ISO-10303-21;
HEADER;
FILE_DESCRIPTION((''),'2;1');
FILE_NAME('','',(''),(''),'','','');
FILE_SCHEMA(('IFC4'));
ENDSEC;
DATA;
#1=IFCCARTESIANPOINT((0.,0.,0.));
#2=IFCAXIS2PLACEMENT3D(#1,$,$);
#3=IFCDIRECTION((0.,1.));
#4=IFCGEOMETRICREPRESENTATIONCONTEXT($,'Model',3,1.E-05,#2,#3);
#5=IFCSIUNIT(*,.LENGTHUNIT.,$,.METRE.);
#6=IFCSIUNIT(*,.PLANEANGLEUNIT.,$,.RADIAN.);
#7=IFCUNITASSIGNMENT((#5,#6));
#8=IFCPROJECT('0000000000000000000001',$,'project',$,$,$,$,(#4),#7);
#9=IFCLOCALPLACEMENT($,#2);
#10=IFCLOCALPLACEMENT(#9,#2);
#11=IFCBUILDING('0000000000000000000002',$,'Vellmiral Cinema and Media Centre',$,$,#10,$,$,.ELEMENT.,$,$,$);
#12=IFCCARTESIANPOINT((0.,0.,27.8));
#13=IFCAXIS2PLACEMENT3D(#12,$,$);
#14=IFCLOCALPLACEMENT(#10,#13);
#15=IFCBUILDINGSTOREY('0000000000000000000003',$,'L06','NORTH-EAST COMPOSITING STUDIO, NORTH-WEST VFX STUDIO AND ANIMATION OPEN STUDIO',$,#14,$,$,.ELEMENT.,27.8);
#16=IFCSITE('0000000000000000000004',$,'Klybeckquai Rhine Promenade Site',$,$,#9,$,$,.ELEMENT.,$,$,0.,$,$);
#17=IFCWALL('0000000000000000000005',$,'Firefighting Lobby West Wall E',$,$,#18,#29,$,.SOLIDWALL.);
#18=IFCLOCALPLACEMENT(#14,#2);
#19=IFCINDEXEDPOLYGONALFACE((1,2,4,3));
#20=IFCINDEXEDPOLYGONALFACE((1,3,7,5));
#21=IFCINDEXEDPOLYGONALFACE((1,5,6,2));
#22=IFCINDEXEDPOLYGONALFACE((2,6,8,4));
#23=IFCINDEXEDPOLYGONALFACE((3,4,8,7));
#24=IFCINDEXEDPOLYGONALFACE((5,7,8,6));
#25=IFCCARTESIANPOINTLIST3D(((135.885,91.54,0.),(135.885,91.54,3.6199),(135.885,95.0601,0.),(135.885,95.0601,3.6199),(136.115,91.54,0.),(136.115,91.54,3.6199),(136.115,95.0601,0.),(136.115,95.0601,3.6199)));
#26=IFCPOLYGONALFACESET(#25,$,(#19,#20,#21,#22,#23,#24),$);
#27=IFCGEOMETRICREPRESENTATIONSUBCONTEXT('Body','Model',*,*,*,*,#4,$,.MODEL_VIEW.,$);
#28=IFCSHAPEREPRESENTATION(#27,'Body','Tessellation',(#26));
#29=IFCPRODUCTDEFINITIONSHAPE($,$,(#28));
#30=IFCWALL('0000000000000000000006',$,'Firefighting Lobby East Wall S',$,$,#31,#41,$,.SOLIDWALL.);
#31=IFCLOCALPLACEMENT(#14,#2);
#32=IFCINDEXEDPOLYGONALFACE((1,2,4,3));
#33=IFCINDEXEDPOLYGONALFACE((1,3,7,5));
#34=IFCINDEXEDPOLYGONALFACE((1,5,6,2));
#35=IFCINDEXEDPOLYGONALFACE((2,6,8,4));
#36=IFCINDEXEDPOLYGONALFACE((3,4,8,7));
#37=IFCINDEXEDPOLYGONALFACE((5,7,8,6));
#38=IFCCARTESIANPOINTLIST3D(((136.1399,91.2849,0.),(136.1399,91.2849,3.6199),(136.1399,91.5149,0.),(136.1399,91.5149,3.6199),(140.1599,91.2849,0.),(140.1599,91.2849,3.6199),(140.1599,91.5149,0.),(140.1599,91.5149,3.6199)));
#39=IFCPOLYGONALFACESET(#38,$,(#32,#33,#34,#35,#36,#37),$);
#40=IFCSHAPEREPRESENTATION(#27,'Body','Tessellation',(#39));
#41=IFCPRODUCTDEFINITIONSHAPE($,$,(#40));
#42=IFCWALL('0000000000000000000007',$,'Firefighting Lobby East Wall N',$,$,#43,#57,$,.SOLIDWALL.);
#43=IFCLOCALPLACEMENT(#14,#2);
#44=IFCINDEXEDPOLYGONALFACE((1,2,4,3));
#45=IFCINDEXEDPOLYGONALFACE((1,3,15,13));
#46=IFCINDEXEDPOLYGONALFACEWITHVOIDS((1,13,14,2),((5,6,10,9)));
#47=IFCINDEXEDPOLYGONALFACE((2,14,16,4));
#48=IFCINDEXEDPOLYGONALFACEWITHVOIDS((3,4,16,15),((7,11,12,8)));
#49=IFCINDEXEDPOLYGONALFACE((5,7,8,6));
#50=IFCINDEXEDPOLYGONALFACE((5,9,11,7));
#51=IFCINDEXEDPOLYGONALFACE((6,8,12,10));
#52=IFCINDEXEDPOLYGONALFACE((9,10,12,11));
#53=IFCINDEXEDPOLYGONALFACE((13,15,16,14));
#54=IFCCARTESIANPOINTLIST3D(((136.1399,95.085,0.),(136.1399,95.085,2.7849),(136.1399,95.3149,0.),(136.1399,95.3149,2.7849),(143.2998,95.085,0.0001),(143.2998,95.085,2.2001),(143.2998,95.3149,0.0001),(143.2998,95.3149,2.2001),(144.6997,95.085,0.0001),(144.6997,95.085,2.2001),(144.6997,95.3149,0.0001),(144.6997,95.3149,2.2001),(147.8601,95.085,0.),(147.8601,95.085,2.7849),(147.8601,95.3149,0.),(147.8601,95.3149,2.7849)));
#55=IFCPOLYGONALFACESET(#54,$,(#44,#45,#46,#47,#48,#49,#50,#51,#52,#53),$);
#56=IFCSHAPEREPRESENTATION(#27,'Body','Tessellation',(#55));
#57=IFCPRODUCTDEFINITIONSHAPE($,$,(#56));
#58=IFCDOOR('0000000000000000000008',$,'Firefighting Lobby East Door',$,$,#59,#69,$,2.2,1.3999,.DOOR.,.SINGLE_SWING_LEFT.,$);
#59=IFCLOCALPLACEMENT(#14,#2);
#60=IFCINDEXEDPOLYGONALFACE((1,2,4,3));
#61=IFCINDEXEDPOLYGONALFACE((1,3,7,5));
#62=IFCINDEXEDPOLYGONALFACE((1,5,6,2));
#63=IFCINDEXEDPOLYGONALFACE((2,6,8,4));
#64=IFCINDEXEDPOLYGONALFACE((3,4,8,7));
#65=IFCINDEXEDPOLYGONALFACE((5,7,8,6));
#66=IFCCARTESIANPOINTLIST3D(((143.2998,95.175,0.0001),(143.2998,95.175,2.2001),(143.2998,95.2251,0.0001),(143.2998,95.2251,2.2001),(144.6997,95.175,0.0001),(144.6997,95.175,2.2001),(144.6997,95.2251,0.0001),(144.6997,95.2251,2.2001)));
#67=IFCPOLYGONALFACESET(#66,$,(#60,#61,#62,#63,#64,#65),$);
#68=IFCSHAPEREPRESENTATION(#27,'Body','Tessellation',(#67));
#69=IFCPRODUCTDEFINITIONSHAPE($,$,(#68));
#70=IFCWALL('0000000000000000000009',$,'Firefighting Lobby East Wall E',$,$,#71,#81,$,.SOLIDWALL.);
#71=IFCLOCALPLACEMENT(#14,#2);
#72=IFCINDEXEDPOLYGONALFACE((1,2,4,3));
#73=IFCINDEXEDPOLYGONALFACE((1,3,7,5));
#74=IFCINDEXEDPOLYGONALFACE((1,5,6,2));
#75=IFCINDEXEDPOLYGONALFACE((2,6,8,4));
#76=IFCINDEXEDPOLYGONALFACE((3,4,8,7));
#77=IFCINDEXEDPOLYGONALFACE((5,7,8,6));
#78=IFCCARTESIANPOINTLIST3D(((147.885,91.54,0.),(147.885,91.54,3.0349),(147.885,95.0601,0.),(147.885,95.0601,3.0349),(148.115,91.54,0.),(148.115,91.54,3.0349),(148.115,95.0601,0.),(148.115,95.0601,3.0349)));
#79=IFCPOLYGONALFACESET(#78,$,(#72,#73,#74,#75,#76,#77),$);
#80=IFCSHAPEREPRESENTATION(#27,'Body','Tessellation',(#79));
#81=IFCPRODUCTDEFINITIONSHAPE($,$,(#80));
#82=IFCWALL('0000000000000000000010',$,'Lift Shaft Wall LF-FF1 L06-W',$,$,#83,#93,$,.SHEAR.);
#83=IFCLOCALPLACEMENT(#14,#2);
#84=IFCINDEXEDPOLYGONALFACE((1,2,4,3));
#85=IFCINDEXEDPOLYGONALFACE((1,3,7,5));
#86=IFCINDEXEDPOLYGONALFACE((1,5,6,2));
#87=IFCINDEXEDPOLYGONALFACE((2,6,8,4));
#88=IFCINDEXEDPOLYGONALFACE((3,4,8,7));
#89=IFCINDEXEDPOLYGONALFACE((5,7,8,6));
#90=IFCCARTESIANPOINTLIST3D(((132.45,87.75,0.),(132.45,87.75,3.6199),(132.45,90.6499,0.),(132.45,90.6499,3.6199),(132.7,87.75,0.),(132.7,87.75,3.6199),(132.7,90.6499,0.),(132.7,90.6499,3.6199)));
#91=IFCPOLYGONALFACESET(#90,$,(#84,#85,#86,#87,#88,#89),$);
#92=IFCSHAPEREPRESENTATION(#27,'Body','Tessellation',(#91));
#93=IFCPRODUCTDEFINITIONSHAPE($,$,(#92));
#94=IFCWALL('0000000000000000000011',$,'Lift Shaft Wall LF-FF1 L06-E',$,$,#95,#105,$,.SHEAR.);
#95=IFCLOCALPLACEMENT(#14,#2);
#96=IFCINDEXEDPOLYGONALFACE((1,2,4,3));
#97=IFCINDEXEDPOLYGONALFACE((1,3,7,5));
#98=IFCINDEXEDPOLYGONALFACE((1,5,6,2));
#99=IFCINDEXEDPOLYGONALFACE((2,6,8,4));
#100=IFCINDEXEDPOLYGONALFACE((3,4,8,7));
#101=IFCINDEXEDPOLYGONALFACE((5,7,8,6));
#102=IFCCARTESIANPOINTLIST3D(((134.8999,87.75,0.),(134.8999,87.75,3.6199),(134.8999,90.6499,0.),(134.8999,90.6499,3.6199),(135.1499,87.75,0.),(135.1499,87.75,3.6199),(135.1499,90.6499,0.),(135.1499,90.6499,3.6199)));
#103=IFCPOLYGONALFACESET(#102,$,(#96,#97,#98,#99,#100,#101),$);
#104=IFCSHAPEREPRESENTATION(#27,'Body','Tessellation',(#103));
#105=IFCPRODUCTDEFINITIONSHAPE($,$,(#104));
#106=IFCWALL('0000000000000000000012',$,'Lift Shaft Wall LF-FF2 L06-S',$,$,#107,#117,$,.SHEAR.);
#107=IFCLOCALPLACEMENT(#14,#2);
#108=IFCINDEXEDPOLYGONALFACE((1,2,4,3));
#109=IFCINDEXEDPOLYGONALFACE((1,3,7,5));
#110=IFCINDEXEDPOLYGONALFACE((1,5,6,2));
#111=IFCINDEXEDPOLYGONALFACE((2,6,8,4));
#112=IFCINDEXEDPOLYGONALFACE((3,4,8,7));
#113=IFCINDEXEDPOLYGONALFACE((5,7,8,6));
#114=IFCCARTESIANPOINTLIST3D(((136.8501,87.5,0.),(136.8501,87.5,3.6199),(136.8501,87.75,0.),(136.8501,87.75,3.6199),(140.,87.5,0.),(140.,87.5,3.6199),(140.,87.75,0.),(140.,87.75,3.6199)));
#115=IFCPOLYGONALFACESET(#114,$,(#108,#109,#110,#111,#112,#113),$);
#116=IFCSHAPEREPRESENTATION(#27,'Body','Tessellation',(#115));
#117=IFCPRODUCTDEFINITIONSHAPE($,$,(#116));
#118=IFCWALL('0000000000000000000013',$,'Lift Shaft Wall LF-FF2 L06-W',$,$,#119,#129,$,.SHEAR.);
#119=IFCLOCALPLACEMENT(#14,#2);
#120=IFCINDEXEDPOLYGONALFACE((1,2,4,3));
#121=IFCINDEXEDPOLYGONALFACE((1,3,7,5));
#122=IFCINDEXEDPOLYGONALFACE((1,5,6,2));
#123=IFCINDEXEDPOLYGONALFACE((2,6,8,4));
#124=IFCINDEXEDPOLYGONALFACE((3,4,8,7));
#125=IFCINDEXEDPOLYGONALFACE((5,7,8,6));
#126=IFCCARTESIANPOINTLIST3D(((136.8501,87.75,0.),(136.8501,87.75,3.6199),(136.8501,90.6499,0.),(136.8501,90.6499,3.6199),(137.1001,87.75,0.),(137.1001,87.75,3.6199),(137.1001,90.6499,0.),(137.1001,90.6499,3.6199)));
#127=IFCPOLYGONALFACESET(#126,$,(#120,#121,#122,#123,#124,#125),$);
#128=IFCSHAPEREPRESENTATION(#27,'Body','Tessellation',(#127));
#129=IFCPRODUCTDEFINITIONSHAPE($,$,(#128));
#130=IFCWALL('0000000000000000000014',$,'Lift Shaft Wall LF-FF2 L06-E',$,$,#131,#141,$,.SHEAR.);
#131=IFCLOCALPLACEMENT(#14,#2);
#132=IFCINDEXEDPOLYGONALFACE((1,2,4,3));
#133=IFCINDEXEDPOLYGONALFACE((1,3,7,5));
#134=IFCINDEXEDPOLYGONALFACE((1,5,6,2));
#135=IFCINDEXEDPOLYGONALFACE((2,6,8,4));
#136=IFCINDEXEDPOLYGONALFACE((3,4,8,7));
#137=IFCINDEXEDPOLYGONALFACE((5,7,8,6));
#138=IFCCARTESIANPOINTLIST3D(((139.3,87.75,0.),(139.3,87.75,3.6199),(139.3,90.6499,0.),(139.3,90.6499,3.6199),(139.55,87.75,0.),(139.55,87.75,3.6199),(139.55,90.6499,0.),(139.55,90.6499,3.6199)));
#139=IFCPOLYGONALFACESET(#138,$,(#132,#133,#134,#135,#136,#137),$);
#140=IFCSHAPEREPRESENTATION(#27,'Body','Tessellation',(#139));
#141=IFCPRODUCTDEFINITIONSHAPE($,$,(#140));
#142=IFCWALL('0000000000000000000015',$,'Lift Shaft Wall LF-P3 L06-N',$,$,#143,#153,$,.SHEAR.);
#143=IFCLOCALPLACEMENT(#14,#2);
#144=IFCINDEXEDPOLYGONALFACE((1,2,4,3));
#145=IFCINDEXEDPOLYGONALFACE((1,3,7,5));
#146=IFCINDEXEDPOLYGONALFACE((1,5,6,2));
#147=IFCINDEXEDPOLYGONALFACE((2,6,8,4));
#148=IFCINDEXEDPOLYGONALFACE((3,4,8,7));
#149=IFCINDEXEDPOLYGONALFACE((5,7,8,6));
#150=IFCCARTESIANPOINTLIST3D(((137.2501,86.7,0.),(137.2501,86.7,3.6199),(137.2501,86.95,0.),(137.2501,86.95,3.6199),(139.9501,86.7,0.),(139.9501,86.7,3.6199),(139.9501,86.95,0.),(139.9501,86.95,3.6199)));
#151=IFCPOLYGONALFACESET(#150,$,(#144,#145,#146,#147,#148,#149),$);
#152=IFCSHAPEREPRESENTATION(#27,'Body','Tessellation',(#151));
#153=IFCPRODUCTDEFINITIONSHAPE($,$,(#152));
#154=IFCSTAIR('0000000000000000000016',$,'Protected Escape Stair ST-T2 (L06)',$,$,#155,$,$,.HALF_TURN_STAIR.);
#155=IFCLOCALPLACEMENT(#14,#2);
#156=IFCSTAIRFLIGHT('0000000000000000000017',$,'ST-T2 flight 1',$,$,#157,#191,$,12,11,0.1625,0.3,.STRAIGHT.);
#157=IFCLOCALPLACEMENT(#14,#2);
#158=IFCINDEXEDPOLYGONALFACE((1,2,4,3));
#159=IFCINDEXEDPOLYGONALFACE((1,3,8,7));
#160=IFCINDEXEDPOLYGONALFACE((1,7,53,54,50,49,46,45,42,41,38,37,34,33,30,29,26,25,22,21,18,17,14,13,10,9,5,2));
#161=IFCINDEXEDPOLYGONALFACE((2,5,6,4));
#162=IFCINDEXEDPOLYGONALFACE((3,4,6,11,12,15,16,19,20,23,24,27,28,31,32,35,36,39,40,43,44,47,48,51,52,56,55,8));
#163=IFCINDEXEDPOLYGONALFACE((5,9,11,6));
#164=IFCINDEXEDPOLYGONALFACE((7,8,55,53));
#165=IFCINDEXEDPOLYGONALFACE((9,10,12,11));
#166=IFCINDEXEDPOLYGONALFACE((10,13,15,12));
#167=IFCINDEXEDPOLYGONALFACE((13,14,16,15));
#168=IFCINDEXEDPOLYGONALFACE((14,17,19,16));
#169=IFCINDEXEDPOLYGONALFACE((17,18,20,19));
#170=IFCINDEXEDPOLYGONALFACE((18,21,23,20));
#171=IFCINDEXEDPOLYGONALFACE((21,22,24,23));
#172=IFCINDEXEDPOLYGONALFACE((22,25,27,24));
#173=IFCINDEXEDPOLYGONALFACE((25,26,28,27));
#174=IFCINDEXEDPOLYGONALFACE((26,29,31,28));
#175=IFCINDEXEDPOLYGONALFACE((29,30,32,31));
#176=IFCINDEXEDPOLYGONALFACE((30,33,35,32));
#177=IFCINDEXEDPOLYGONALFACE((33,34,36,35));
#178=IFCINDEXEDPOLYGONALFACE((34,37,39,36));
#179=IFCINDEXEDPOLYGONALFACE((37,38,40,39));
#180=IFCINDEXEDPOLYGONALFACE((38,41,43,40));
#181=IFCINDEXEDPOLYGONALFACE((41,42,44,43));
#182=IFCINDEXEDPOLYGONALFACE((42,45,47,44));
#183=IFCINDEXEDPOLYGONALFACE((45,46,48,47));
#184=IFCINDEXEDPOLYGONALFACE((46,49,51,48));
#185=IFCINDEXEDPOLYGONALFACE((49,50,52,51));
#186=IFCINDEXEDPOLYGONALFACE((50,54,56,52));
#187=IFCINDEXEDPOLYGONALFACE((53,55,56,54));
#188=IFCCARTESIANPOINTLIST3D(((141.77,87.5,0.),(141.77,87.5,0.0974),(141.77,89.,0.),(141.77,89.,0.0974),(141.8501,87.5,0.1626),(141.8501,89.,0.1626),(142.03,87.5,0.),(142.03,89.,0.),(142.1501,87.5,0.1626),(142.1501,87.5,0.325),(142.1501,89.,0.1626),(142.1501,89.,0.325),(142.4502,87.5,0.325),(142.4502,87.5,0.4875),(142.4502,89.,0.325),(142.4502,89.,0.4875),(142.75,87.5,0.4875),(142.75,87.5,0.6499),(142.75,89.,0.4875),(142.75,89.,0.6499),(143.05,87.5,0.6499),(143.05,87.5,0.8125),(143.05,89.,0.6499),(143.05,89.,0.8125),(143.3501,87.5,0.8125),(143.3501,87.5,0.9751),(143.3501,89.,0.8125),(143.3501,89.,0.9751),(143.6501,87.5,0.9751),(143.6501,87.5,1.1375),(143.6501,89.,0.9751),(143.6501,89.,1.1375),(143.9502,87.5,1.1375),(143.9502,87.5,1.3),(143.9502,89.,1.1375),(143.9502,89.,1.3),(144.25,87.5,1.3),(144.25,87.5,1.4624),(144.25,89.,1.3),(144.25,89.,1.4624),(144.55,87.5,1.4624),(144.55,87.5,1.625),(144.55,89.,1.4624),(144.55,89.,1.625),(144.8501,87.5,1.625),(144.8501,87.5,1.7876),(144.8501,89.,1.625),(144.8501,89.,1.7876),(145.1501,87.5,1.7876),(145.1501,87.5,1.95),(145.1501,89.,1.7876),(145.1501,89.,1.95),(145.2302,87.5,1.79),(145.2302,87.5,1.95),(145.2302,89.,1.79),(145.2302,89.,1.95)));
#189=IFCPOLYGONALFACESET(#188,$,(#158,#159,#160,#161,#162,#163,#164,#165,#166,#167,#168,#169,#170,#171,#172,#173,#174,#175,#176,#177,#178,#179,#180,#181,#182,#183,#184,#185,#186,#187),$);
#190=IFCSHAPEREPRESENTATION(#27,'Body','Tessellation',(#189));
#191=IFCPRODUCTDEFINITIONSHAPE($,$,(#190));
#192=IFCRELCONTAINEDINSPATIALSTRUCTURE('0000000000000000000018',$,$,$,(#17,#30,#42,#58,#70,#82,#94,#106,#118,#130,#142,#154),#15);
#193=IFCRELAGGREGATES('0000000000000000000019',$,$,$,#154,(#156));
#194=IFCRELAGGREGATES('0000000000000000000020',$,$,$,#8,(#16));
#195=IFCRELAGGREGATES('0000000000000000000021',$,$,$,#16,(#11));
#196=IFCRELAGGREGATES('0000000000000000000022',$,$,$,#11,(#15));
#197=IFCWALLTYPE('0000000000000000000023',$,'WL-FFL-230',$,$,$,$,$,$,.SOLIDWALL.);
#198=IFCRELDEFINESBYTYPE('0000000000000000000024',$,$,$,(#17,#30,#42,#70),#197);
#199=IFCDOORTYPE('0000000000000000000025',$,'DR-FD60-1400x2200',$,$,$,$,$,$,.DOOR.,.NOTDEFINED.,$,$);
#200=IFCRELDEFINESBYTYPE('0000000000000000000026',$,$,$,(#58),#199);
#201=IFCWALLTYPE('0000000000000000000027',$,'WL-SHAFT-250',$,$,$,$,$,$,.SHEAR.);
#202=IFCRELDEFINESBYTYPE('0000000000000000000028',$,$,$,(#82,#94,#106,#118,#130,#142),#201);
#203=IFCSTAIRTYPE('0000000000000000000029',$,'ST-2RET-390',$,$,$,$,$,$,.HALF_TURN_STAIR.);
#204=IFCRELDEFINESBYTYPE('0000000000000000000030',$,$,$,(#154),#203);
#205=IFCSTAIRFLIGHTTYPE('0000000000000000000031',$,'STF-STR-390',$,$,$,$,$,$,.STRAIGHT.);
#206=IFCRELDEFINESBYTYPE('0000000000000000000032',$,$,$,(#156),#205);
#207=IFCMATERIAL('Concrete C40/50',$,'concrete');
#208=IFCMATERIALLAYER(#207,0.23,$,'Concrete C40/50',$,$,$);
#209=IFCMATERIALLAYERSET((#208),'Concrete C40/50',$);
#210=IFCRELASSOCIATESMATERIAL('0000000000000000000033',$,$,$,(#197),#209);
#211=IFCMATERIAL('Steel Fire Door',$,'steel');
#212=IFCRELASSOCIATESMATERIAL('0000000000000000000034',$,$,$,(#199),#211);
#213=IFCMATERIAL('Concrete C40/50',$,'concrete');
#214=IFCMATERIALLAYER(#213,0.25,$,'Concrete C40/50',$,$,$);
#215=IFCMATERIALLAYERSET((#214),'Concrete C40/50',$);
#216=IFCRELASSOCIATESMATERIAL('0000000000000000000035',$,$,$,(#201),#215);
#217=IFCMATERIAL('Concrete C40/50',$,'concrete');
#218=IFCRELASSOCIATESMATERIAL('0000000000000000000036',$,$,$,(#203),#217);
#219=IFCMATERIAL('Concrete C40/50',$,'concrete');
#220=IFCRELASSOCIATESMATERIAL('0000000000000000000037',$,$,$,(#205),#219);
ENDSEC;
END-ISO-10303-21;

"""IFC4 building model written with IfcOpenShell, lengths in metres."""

from ifc_helpers import new_model, si_unit, direction, frame, frame_2d, origin, place, context, subcontext, project, spatial, polyline, rectangle, outline, extrude, material, layer, layer_set, type_object, element, fill, aggregate, save


model = new_model("IFC4")

# Units and contexts
model_context = context("Model", 3, precision=1e-05, world=origin(), true_north=direction((0.0, 1.0)))
body_context = subcontext(model_context, "Body", "Model", "MODEL_VIEW")
ifc_project = project(units=[si_unit("LENGTHUNIT", "METRE"), si_unit("PLANEANGLEUNIT", "RADIAN")], contexts=[model_context])

# Site, building, storey
site_placement = place(None, origin())
site = spatial("IfcSite", under=ifc_project, at=site_placement, Name="Klybeckquai Rhine Promenade Site", CompositionType="ELEMENT", RefElevation=0.0)
building_placement = place(site_placement, origin())
building = spatial("IfcBuilding", under=site, at=building_placement, Name="Vellmiral Cinema and Media Centre", CompositionType="ELEMENT")
storey_placement = place(building_placement, frame((0.0, 0.0, 27.8)))
storey = spatial("IfcBuildingStorey", under=building, at=storey_placement, Name="L06", Description="NORTH-EAST COMPOSITING STUDIO, NORTH-WEST VFX STUDIO AND ANIMATION OPEN STUDIO", CompositionType="ELEMENT", Elevation=27.8)

# Walls
ifc_material_1 = material(Name="Concrete C40/50", Category="concrete")
ifc_layer_1 = layer(ifc_material_1, 0.23, Name="Concrete C40/50")
ifc_layer_set_1 = layer_set([ifc_layer_1], Name="Concrete C40/50")
wall_type_1 = type_object("IfcWallType", Name="WL-FFL-230", PredefinedType="SOLIDWALL", material=ifc_layer_set_1)
wall_1_placement = place(storey_placement, frame((136.0, 91.54, 0.0), z_axis=(0.0, 0.0, 1.0), x_axis=(0.0, 1.0, 0.0)))
element("IfcWall", 1, at=wall_1_placement, inside=storey, type_object=wall_type_1, Name="Firefighting Lobby West Wall E", PredefinedType="SOLIDWALL", context=body_context, shape_type="SweptSolid", body=[
    extrude(rectangle(XDim=3.52, YDim=0.23, at=frame_2d((1.76, 0.0))), origin(), (0.0, 0.0, 1.0), 3.6199),
])
wall_2_placement = place(storey_placement, frame((136.1399, 91.3999, 0.0), z_axis=(0.0, 0.0, 1.0), x_axis=(1.0, 0.0, 0.0)))
element("IfcWall", 2, at=wall_2_placement, inside=storey, type_object=wall_type_1, Name="Firefighting Lobby East Wall S", PredefinedType="SOLIDWALL", context=body_context, shape_type="SweptSolid", body=[
    extrude(rectangle(XDim=4.02, YDim=0.23, at=frame_2d((2.01, 0.0))), origin(), (0.0, 0.0, 1.0), 3.6199),
])

# Wall, opening, door
wall_3_placement = place(storey_placement, frame((136.1399, 95.2, 0.0), z_axis=(0.0, 0.0, 1.0), x_axis=(1.0, 0.0, 0.0)))
wall_3 = element("IfcWall", 3, at=wall_3_placement, inside=storey, type_object=wall_type_1, Name="Firefighting Lobby East Wall N", PredefinedType="SOLIDWALL", context=body_context, shape_type="SweptSolid", body=[
    extrude(rectangle(XDim=11.7202, YDim=0.23, at=frame_2d((5.8601, 0.0))), origin(), (0.0, 0.0, 1.0), 2.7849),
])
opening_1_placement = place(wall_3_placement, frame((7.1599, 0.0, 0.0)))
opening_1 = element("IfcOpeningElement", 4, at=opening_1_placement, cuts=wall_3, PredefinedType="OPENING", context=body_context, shape_type="SweptSolid", body=[
    extrude(rectangle(XDim=1.3999, YDim=2.2, at=frame_2d((0.7, 1.1001))), frame((0.0, 0.127, 0.0), z_axis=(0.0, -1.0, 0.0), x_axis=(1.0, 0.0, 0.0)), (0.0, 0.0, 1.0), 0.2539),
])
ifc_material_2 = material(Name="Steel Fire Door", Category="steel")
door_type_1 = type_object("IfcDoorType", Name="DR-FD60-1400x2200", OperationType="NOTDEFINED", PredefinedType="DOOR", material=ifc_material_2)
door_1_placement = place(opening_1_placement, frame((1.3999, 0.0, 0.0), z_axis=(0.0, 0.0, 1.0), x_axis=(-1.0, 0.0, 0.0)))
door_1 = element("IfcDoor", 5, at=door_1_placement, inside=storey, type_object=door_type_1, Name="Firefighting Lobby East Door", OperationType="SINGLE_SWING_LEFT", OverallHeight=2.2, OverallWidth=1.3999, PredefinedType="DOOR", context=body_context, shape_type="SweptSolid", body=[
    extrude(rectangle(XDim=1.3999, YDim=2.2, at=frame_2d((0.7, 1.1001))), frame((0.0, 0.0249, 0.0), z_axis=(0.0, -1.0, 0.0), x_axis=(1.0, 0.0, 0.0)), (0.0, 0.0, 1.0), 0.05),
])
fill(opening_1, door_1)

# Walls
wall_4_placement = place(storey_placement, frame((148.0, 91.54, 0.0), z_axis=(0.0, 0.0, 1.0), x_axis=(0.0, 1.0, 0.0)))
element("IfcWall", 6, at=wall_4_placement, inside=storey, type_object=wall_type_1, Name="Firefighting Lobby East Wall E", PredefinedType="SOLIDWALL", context=body_context, shape_type="SweptSolid", body=[
    extrude(rectangle(XDim=3.52, YDim=0.23, at=frame_2d((1.76, 0.0))), origin(), (0.0, 0.0, 1.0), 3.0349),
])
ifc_material_3 = material(Name="Concrete C40/50", Category="concrete")
ifc_layer_2 = layer(ifc_material_3, 0.25, Name="Concrete C40/50")
ifc_layer_set_2 = layer_set([ifc_layer_2], Name="Concrete C40/50")
wall_type_2 = type_object("IfcWallType", Name="WL-SHAFT-250", PredefinedType="SHEAR", material=ifc_layer_set_2)
for number, where, z_axis, x_axis, name in (
    (7, (132.575, 87.75, 0.0), (0.0, 0.0, 1.0), (0.0, 1.0, 0.0), "Lift Shaft Wall LF-FF1 L06-W"),
    (8, (135.0249, 87.75, 0.0), (0.0, 0.0, 1.0), (0.0, 1.0, 0.0), "Lift Shaft Wall LF-FF1 L06-E"),
):
    element("IfcWall", number, at=place(storey_placement, frame(where, z_axis=z_axis, x_axis=x_axis)), inside=storey, type_object=wall_type_2, Name=name, PredefinedType="SHEAR", context=body_context, shape_type="SweptSolid", body=[
        extrude(rectangle(XDim=2.8999, YDim=0.25, at=frame_2d((1.45, 0.0))), origin(), (0.0, 0.0, 1.0), 3.6199),
    ])
wall_5_placement = place(storey_placement, frame((136.8501, 87.625, 0.0), z_axis=(0.0, 0.0, 1.0), x_axis=(1.0, 0.0, 0.0)))
element("IfcWall", 9, at=wall_5_placement, inside=storey, type_object=wall_type_2, Name="Lift Shaft Wall LF-FF2 L06-S", PredefinedType="SHEAR", context=body_context, shape_type="SweptSolid", body=[
    extrude(rectangle(XDim=3.1499, YDim=0.25, at=frame_2d((1.575, 0.0))), origin(), (0.0, 0.0, 1.0), 3.6199),
])

# Walls
for number, where, z_axis, x_axis, name in (
    (10, (136.9751, 87.75, 0.0), (0.0, 0.0, 1.0), (0.0, 1.0, 0.0), "Lift Shaft Wall LF-FF2 L06-W"),
    (11, (139.425, 87.75, 0.0), (0.0, 0.0, 1.0), (0.0, 1.0, 0.0), "Lift Shaft Wall LF-FF2 L06-E"),
):
    element("IfcWall", number, at=place(storey_placement, frame(where, z_axis=z_axis, x_axis=x_axis)), inside=storey, type_object=wall_type_2, Name=name, PredefinedType="SHEAR", context=body_context, shape_type="SweptSolid", body=[
        extrude(rectangle(XDim=2.8999, YDim=0.25, at=frame_2d((1.45, 0.0))), origin(), (0.0, 0.0, 1.0), 3.6199),
    ])
wall_6_placement = place(storey_placement, frame((137.25, 86.825, 0.0), z_axis=(0.0, 0.0, 1.0), x_axis=(1.0, 0.0, 0.0)))
element("IfcWall", 12, at=wall_6_placement, inside=storey, type_object=wall_type_2, Name="Lift Shaft Wall LF-P3 L06-N", PredefinedType="SHEAR", context=body_context, shape_type="SweptSolid", body=[
    extrude(rectangle(XDim=2.7, YDim=0.25, at=frame_2d((1.3501, 0.0))), origin(), (0.0, 0.0, 1.0), 3.6199),
])

# Stair, stair flight
ifc_material_4 = material(Name="Concrete C40/50", Category="concrete")
stair_type = type_object("IfcStairType", Name="ST-2RET-390", PredefinedType="HALF_TURN_STAIR", material=ifc_material_4)
stair_placement = place(storey_placement, origin())
stair = element("IfcStair", 13, at=stair_placement, inside=storey, type_object=stair_type, Name="Protected Escape Stair ST-T2 (L06)", PredefinedType="HALF_TURN_STAIR")
ifc_material_5 = material(Name="Concrete C40/50", Category="concrete")
stair_flight_type = type_object("IfcStairFlightType", Name="STF-STR-390", PredefinedType="STRAIGHT", material=ifc_material_5)
stair_flight_1_placement = place(storey_placement, frame((141.8501, 88.25, 0.0), z_axis=(0.0, 0.0, 1.0), x_axis=(1.0, 0.0, 0.0)))
stair_flight_1 = element("IfcStairFlight", 14, at=stair_flight_1_placement, type_object=stair_flight_type, Name="ST-T2 flight 1", NumberOfRisers=12, NumberOfTreads=11, PredefinedType="STRAIGHT", RiserHeight=0.1625, TreadLength=0.3, context=body_context, shape_type="SweptSolid", body=[
    extrude(outline(polyline([(-0.0801, 0.0), (-0.0801, 0.0974), (0.0, 0.1626), (0.3, 0.1626), (0.3, 0.325), (0.6001, 0.325), (0.6001, 0.4875), (0.8999, 0.4875), (0.8999, 0.6499), (1.2, 0.6499), (1.2, 0.8125), (1.5, 0.8125), (1.5, 0.9751), (1.8, 0.9751), (1.8, 1.1375), (2.1001, 1.1375), (2.1001, 1.3), (2.3999, 1.3), (2.3999, 1.4624), (2.7, 1.4624), (2.7, 1.625), (3.0, 1.625), (3.0, 1.7876), (3.3, 1.7876), (3.3, 1.95), (3.3801, 1.95), (3.3801, 1.79), (0.1799, 0.0), (-0.0801, 0.0)])), frame((0.0, 0.75, 0.0), z_axis=(0.0, -1.0, 0.0), x_axis=(1.0, 0.0, 0.0)), (0.0, 0.0, 1.0), 1.5),
])
aggregate(stair, [stair_flight_1])

save(model, "model.ifc")
